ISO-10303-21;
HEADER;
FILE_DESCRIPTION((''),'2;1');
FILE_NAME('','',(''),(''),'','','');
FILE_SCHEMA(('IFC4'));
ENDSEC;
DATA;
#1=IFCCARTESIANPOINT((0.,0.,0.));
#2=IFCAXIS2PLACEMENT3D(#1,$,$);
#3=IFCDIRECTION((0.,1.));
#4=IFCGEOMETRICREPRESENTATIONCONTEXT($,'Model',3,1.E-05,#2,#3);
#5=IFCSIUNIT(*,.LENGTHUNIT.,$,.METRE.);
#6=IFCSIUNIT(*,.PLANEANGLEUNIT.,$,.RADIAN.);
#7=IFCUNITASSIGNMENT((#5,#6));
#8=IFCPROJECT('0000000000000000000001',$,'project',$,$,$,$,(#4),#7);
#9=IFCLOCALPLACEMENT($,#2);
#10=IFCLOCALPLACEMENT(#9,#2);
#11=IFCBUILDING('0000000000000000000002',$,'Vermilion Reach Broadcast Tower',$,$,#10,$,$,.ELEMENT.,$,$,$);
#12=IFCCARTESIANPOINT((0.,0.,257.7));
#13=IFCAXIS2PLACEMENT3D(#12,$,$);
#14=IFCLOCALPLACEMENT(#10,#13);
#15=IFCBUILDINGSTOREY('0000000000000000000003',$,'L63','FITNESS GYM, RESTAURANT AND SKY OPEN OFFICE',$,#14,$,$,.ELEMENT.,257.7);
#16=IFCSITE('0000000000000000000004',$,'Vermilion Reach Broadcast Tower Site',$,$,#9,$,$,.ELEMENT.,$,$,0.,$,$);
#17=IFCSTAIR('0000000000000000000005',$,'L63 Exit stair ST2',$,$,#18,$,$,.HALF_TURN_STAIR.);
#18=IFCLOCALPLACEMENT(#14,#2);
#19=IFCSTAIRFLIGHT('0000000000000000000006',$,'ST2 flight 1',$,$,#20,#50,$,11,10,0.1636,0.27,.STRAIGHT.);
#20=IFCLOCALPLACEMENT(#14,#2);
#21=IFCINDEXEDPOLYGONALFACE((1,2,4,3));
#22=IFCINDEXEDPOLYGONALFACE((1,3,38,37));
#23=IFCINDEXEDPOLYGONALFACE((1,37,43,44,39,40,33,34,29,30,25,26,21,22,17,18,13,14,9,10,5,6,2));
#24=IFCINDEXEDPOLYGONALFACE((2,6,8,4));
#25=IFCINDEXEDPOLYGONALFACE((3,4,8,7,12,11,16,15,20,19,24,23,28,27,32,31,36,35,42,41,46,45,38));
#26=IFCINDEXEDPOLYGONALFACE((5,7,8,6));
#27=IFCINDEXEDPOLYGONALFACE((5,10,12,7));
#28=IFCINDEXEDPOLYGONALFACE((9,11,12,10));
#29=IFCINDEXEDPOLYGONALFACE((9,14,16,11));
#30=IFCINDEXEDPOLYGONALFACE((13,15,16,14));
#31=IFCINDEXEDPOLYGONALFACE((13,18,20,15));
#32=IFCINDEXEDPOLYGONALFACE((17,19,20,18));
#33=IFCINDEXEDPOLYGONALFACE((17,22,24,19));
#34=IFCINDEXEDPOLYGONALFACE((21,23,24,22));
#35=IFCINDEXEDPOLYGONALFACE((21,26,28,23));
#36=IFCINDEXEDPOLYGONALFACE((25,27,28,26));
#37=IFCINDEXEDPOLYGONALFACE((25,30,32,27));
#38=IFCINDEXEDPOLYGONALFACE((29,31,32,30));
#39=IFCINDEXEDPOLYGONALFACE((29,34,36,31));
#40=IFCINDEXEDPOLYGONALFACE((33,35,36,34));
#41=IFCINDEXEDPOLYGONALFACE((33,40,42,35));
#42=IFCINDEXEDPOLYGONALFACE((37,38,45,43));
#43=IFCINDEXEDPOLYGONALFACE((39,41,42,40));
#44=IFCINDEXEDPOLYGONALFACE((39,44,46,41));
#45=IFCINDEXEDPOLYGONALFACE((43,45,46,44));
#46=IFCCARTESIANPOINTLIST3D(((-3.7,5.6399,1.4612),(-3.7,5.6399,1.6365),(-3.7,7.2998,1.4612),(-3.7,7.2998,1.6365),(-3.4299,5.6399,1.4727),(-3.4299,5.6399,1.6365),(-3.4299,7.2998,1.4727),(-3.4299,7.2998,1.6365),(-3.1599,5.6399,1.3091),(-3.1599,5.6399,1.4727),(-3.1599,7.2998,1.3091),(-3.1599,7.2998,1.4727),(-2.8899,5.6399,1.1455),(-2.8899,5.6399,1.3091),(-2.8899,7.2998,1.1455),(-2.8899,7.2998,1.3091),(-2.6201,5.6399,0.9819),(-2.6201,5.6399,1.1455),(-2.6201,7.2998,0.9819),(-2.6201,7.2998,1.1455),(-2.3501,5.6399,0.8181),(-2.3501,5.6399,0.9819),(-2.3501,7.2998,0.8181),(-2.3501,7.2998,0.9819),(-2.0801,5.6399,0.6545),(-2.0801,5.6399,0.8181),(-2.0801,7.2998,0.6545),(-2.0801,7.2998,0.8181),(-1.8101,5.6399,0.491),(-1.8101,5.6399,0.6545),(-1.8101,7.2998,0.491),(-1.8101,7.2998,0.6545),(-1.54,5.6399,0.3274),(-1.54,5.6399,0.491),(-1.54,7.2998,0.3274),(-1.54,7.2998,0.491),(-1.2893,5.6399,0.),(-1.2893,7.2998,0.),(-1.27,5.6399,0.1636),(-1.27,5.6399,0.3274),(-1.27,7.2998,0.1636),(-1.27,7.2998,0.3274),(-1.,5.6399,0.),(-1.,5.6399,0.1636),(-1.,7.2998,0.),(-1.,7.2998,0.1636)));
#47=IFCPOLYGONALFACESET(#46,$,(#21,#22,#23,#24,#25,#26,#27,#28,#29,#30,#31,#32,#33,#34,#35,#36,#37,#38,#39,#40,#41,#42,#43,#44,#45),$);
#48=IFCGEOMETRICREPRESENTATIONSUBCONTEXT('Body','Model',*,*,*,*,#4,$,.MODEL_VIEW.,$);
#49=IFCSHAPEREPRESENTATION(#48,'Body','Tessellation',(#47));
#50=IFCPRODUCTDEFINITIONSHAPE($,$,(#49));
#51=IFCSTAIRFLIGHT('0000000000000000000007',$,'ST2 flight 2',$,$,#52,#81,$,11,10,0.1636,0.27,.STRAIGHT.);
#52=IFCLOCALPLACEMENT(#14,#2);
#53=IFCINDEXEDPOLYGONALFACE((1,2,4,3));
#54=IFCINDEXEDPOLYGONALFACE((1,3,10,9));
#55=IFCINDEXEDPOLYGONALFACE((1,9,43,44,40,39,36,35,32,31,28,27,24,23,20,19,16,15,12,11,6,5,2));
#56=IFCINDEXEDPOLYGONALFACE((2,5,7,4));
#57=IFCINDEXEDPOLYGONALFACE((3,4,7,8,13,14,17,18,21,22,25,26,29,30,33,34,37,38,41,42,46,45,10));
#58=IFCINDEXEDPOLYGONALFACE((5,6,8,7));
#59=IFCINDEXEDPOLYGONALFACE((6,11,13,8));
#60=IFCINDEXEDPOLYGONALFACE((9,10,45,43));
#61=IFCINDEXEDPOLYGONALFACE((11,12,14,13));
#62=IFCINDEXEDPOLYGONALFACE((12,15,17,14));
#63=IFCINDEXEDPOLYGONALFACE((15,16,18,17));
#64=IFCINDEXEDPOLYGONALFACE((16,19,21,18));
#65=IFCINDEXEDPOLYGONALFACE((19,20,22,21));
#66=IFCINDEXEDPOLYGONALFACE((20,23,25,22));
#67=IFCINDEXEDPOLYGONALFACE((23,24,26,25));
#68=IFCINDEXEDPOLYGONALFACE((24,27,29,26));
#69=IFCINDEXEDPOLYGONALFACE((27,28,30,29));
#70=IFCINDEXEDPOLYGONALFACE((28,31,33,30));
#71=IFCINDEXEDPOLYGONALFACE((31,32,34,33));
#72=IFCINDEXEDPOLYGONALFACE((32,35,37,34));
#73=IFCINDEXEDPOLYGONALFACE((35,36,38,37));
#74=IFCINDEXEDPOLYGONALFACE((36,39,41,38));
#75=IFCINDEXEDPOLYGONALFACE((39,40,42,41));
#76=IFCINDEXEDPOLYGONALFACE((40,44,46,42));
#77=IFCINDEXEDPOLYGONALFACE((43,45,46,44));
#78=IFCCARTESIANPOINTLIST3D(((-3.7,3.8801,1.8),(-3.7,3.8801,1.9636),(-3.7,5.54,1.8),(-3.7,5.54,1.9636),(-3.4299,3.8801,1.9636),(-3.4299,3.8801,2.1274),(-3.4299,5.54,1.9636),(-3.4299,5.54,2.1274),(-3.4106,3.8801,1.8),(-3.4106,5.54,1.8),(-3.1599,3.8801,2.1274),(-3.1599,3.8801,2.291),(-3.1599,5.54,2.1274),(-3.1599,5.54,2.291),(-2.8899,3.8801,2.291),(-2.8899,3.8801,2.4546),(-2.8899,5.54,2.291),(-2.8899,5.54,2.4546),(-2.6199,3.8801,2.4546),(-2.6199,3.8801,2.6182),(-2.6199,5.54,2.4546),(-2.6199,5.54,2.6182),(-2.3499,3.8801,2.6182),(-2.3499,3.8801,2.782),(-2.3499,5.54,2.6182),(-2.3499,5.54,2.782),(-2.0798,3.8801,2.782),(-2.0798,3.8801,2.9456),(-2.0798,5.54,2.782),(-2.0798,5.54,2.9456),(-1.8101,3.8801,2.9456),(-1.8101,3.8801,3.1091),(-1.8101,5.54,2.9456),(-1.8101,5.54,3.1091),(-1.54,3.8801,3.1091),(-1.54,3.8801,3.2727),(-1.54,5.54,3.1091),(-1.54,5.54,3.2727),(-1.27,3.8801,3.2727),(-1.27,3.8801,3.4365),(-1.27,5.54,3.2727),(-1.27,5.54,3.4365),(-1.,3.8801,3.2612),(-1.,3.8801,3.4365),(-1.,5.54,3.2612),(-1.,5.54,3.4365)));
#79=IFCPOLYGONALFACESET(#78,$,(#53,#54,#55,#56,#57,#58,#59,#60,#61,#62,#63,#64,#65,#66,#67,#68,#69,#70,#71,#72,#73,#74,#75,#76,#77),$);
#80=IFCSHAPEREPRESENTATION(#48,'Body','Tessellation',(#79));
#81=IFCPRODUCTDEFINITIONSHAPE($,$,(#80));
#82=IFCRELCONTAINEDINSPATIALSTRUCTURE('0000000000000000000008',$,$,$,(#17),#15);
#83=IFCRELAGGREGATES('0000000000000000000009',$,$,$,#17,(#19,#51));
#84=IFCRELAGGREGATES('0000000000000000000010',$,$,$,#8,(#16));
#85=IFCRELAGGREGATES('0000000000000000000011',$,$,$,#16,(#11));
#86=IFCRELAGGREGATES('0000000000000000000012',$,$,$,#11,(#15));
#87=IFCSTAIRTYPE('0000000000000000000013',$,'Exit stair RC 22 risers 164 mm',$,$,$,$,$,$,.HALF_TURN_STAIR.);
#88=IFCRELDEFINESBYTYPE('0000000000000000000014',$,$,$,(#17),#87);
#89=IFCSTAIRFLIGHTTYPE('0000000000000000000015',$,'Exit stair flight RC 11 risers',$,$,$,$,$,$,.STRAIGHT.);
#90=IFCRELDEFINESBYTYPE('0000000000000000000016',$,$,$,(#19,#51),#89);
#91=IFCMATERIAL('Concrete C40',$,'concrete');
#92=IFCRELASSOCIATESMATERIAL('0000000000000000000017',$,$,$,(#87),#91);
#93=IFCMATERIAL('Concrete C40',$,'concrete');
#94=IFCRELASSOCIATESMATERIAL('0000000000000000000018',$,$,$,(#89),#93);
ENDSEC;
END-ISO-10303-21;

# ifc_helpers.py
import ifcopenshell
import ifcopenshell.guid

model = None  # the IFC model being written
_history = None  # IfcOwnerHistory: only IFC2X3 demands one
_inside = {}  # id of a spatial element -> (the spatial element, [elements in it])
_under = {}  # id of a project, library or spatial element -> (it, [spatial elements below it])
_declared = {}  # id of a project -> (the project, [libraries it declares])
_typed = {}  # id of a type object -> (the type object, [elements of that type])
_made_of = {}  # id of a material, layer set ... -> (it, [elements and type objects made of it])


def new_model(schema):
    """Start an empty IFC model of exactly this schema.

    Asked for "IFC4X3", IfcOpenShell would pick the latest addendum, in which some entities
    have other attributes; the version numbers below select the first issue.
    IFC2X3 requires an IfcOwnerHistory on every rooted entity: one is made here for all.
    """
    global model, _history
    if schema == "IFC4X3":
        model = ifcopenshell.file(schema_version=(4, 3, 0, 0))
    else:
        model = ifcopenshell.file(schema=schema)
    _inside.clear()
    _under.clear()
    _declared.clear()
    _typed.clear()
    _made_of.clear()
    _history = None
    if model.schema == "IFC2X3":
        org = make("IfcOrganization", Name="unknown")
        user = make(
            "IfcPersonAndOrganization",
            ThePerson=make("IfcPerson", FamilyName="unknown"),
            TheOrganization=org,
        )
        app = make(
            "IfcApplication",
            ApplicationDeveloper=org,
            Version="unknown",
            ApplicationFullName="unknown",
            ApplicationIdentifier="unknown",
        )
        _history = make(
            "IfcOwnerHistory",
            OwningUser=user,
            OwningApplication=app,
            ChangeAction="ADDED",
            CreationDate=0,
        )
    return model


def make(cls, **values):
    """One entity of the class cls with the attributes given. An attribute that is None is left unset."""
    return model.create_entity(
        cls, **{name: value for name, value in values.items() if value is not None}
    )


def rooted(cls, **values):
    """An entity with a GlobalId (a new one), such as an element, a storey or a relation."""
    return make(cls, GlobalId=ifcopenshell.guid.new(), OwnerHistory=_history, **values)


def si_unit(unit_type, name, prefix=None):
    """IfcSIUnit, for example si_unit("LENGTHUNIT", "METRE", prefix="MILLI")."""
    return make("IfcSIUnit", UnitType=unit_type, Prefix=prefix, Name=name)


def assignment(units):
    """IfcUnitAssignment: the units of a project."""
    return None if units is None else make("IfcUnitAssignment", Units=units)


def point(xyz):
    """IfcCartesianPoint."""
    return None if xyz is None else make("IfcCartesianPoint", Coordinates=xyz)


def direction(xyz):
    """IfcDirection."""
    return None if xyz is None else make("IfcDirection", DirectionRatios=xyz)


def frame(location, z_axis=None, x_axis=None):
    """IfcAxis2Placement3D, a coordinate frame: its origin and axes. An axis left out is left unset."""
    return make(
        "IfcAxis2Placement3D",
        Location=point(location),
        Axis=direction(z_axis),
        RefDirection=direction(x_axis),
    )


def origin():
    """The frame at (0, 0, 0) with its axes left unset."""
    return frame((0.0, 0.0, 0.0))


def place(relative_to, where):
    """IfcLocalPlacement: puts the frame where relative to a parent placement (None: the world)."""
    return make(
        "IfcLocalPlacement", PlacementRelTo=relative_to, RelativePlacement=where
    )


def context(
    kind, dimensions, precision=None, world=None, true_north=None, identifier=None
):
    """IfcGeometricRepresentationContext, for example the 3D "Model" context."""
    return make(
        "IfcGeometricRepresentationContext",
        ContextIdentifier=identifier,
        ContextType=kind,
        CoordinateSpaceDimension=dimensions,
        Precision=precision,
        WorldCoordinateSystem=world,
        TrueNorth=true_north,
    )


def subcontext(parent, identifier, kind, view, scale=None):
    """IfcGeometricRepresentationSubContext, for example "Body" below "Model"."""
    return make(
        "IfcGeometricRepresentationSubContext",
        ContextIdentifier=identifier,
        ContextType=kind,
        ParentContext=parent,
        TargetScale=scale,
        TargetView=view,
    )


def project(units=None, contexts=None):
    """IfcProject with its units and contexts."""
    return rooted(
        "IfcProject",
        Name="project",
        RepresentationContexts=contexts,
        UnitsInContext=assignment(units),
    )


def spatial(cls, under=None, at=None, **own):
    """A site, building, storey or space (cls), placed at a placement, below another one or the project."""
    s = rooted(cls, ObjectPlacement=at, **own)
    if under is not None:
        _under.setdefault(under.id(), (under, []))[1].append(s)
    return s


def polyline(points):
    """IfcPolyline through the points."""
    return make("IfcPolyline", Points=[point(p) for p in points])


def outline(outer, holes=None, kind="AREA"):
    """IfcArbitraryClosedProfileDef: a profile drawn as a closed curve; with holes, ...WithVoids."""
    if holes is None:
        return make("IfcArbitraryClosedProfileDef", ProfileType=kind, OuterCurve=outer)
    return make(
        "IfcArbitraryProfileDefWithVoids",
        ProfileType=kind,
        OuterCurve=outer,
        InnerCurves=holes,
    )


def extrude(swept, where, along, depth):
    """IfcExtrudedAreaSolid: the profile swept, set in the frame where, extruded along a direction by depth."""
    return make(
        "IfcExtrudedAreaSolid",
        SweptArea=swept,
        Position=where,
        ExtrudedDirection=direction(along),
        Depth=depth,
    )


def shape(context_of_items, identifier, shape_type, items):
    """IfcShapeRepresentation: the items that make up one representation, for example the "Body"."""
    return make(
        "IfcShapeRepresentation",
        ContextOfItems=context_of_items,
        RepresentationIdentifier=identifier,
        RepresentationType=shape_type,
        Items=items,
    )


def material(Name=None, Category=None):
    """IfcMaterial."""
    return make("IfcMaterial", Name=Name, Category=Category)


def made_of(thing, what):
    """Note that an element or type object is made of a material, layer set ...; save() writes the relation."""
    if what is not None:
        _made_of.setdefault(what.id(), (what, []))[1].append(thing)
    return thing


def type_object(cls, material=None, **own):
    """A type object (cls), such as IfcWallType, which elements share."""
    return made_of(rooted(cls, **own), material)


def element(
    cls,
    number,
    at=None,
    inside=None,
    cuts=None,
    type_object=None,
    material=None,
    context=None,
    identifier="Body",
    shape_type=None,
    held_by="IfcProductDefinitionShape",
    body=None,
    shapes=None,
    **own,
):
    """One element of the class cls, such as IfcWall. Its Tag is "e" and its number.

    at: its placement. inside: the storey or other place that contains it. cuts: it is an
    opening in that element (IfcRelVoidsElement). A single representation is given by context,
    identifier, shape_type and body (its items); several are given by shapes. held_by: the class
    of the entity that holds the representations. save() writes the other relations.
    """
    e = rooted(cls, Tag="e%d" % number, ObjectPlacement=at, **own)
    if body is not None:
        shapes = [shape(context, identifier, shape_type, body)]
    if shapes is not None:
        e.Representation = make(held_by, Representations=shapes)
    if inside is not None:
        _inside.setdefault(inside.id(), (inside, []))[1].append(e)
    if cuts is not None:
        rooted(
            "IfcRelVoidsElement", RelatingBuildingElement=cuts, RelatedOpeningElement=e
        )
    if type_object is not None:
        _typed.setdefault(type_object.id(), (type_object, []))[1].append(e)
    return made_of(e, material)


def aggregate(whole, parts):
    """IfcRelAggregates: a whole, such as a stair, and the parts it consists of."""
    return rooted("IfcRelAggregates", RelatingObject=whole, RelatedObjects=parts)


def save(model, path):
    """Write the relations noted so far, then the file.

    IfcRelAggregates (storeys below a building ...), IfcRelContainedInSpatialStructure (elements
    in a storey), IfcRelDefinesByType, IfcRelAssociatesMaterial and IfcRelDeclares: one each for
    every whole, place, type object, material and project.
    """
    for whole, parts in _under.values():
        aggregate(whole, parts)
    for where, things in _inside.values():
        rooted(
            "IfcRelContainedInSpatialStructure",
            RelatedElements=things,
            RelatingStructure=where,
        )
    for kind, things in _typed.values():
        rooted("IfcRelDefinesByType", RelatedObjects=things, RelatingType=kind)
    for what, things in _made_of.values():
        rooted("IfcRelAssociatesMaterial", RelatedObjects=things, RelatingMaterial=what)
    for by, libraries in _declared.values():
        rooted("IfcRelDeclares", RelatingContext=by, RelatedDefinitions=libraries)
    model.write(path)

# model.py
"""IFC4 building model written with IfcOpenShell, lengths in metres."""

from ifc_helpers import new_model, si_unit, direction, frame, origin, place, context, subcontext, project, spatial, polyline, outline, extrude, material, type_object, element, aggregate, save


model = new_model("IFC4")

# Units and contexts
model_context = context("Model", 3, precision=1e-05, world=origin(), true_north=direction((0.0, 1.0)))
body_context = subcontext(model_context, "Body", "Model", "MODEL_VIEW")
ifc_project = project(units=[si_unit("LENGTHUNIT", "METRE"), si_unit("PLANEANGLEUNIT", "RADIAN")], contexts=[model_context])

# Site, building, storey
site_placement = place(None, origin())
site = spatial("IfcSite", under=ifc_project, at=site_placement, Name="Vermilion Reach Broadcast Tower Site", CompositionType="ELEMENT", RefElevation=0.0)
building_placement = place(site_placement, origin())
building = spatial("IfcBuilding", under=site, at=building_placement, Name="Vermilion Reach Broadcast Tower", CompositionType="ELEMENT")
storey_placement = place(building_placement, frame((0.0, 0.0, 257.7)))
storey = spatial("IfcBuildingStorey", under=building, at=storey_placement, Name="L63", Description="FITNESS GYM, RESTAURANT AND SKY OPEN OFFICE", CompositionType="ELEMENT", Elevation=257.7)

# Stair
ifc_material_1 = material(Name="Concrete C40", Category="concrete")
stair_type = type_object("IfcStairType", Name="Exit stair RC 22 risers 164 mm", PredefinedType="HALF_TURN_STAIR", material=ifc_material_1)
placement_1 = place(storey_placement, origin())
stair_1 = element("IfcStair", 1, at=placement_1, inside=storey, type_object=stair_type, Name="L63 Exit stair ST2", PredefinedType="HALF_TURN_STAIR")

# Stair flights
ifc_material_2 = material(Name="Concrete C40", Category="concrete")
stair_flight_type = type_object("IfcStairFlightType", Name="Exit stair flight RC 11 risers", PredefinedType="STRAIGHT", material=ifc_material_2)
stair_flight_1_placement = place(storey_placement, frame((-1.0, 6.47, 0.0), z_axis=(0.0, 0.0, 1.0), x_axis=(-1.0, 0.0, 0.0)))
stair_flight_1 = element("IfcStairFlight", 2, at=stair_flight_1_placement, type_object=stair_flight_type, Name="ST2 flight 1", NumberOfRisers=11, NumberOfTreads=10, PredefinedType="STRAIGHT", RiserHeight=0.1636, TreadLength=0.27, context=body_context, shape_type="SweptSolid", body=[
    extrude(outline(polyline([(0.0, 0.0), (0.0, 0.1636), (0.27, 0.1636), (0.27, 0.3274), (0.54, 0.3274), (0.54, 0.491), (0.8101, 0.491), (0.8101, 0.6545), (1.0801, 0.6545), (1.0801, 0.8181), (1.3501, 0.8181), (1.3501, 0.9819), (1.6201, 0.9819), (1.6201, 1.1455), (1.8899, 1.1455), (1.8899, 1.3091), (2.1599, 1.3091), (2.1599, 1.4727), (2.4299, 1.4727), (2.4299, 1.6365), (2.7, 1.6365), (2.7, 1.8), (2.7, 1.4612), (0.2893, 0.0), (0.0, 0.0)])), frame((0.0, 0.8301, 0.0), z_axis=(0.0, -1.0, 0.0), x_axis=(1.0, 0.0, 0.0)), (0.0, 0.0, 1.0), 1.6599),
])
stair_flight_2_placement = place(storey_placement, frame((-3.7, 4.71, 1.8), z_axis=(0.0, 0.0, 1.0), x_axis=(1.0, 0.0, 0.0)))
stair_flight_2 = element("IfcStairFlight", 3, at=stair_flight_2_placement, type_object=stair_flight_type, Name="ST2 flight 2", NumberOfRisers=11, NumberOfTreads=10, PredefinedType="STRAIGHT", RiserHeight=0.1636, TreadLength=0.27, context=body_context, shape_type="SweptSolid", body=[
    extrude(outline(polyline([(0.0, 0.0), (0.0, 0.1636), (0.27, 0.1636), (0.27, 0.3274), (0.54, 0.3274), (0.54, 0.491), (0.8101, 0.491), (0.8101, 0.6545), (1.0801, 0.6545), (1.0801, 0.8181), (1.3501, 0.8181), (1.3501, 0.9819), (1.6201, 0.9819), (1.6201, 1.1455), (1.8899, 1.1455), (1.8899, 1.3091), (2.1599, 1.3091), (2.1599, 1.4727), (2.4299, 1.4727), (2.4299, 1.6365), (2.7, 1.6365), (2.7, 1.8), (2.7, 1.4612), (0.2893, 0.0), (0.0, 0.0)])), frame((0.0, 0.8301, 0.0), z_axis=(0.0, -1.0, 0.0), x_axis=(1.0, 0.0, 0.0)), (0.0, 0.0, 1.0), 1.6599),
])
aggregate(stair_1, [stair_flight_1, stair_flight_2])

save(model, "model.ifc")
